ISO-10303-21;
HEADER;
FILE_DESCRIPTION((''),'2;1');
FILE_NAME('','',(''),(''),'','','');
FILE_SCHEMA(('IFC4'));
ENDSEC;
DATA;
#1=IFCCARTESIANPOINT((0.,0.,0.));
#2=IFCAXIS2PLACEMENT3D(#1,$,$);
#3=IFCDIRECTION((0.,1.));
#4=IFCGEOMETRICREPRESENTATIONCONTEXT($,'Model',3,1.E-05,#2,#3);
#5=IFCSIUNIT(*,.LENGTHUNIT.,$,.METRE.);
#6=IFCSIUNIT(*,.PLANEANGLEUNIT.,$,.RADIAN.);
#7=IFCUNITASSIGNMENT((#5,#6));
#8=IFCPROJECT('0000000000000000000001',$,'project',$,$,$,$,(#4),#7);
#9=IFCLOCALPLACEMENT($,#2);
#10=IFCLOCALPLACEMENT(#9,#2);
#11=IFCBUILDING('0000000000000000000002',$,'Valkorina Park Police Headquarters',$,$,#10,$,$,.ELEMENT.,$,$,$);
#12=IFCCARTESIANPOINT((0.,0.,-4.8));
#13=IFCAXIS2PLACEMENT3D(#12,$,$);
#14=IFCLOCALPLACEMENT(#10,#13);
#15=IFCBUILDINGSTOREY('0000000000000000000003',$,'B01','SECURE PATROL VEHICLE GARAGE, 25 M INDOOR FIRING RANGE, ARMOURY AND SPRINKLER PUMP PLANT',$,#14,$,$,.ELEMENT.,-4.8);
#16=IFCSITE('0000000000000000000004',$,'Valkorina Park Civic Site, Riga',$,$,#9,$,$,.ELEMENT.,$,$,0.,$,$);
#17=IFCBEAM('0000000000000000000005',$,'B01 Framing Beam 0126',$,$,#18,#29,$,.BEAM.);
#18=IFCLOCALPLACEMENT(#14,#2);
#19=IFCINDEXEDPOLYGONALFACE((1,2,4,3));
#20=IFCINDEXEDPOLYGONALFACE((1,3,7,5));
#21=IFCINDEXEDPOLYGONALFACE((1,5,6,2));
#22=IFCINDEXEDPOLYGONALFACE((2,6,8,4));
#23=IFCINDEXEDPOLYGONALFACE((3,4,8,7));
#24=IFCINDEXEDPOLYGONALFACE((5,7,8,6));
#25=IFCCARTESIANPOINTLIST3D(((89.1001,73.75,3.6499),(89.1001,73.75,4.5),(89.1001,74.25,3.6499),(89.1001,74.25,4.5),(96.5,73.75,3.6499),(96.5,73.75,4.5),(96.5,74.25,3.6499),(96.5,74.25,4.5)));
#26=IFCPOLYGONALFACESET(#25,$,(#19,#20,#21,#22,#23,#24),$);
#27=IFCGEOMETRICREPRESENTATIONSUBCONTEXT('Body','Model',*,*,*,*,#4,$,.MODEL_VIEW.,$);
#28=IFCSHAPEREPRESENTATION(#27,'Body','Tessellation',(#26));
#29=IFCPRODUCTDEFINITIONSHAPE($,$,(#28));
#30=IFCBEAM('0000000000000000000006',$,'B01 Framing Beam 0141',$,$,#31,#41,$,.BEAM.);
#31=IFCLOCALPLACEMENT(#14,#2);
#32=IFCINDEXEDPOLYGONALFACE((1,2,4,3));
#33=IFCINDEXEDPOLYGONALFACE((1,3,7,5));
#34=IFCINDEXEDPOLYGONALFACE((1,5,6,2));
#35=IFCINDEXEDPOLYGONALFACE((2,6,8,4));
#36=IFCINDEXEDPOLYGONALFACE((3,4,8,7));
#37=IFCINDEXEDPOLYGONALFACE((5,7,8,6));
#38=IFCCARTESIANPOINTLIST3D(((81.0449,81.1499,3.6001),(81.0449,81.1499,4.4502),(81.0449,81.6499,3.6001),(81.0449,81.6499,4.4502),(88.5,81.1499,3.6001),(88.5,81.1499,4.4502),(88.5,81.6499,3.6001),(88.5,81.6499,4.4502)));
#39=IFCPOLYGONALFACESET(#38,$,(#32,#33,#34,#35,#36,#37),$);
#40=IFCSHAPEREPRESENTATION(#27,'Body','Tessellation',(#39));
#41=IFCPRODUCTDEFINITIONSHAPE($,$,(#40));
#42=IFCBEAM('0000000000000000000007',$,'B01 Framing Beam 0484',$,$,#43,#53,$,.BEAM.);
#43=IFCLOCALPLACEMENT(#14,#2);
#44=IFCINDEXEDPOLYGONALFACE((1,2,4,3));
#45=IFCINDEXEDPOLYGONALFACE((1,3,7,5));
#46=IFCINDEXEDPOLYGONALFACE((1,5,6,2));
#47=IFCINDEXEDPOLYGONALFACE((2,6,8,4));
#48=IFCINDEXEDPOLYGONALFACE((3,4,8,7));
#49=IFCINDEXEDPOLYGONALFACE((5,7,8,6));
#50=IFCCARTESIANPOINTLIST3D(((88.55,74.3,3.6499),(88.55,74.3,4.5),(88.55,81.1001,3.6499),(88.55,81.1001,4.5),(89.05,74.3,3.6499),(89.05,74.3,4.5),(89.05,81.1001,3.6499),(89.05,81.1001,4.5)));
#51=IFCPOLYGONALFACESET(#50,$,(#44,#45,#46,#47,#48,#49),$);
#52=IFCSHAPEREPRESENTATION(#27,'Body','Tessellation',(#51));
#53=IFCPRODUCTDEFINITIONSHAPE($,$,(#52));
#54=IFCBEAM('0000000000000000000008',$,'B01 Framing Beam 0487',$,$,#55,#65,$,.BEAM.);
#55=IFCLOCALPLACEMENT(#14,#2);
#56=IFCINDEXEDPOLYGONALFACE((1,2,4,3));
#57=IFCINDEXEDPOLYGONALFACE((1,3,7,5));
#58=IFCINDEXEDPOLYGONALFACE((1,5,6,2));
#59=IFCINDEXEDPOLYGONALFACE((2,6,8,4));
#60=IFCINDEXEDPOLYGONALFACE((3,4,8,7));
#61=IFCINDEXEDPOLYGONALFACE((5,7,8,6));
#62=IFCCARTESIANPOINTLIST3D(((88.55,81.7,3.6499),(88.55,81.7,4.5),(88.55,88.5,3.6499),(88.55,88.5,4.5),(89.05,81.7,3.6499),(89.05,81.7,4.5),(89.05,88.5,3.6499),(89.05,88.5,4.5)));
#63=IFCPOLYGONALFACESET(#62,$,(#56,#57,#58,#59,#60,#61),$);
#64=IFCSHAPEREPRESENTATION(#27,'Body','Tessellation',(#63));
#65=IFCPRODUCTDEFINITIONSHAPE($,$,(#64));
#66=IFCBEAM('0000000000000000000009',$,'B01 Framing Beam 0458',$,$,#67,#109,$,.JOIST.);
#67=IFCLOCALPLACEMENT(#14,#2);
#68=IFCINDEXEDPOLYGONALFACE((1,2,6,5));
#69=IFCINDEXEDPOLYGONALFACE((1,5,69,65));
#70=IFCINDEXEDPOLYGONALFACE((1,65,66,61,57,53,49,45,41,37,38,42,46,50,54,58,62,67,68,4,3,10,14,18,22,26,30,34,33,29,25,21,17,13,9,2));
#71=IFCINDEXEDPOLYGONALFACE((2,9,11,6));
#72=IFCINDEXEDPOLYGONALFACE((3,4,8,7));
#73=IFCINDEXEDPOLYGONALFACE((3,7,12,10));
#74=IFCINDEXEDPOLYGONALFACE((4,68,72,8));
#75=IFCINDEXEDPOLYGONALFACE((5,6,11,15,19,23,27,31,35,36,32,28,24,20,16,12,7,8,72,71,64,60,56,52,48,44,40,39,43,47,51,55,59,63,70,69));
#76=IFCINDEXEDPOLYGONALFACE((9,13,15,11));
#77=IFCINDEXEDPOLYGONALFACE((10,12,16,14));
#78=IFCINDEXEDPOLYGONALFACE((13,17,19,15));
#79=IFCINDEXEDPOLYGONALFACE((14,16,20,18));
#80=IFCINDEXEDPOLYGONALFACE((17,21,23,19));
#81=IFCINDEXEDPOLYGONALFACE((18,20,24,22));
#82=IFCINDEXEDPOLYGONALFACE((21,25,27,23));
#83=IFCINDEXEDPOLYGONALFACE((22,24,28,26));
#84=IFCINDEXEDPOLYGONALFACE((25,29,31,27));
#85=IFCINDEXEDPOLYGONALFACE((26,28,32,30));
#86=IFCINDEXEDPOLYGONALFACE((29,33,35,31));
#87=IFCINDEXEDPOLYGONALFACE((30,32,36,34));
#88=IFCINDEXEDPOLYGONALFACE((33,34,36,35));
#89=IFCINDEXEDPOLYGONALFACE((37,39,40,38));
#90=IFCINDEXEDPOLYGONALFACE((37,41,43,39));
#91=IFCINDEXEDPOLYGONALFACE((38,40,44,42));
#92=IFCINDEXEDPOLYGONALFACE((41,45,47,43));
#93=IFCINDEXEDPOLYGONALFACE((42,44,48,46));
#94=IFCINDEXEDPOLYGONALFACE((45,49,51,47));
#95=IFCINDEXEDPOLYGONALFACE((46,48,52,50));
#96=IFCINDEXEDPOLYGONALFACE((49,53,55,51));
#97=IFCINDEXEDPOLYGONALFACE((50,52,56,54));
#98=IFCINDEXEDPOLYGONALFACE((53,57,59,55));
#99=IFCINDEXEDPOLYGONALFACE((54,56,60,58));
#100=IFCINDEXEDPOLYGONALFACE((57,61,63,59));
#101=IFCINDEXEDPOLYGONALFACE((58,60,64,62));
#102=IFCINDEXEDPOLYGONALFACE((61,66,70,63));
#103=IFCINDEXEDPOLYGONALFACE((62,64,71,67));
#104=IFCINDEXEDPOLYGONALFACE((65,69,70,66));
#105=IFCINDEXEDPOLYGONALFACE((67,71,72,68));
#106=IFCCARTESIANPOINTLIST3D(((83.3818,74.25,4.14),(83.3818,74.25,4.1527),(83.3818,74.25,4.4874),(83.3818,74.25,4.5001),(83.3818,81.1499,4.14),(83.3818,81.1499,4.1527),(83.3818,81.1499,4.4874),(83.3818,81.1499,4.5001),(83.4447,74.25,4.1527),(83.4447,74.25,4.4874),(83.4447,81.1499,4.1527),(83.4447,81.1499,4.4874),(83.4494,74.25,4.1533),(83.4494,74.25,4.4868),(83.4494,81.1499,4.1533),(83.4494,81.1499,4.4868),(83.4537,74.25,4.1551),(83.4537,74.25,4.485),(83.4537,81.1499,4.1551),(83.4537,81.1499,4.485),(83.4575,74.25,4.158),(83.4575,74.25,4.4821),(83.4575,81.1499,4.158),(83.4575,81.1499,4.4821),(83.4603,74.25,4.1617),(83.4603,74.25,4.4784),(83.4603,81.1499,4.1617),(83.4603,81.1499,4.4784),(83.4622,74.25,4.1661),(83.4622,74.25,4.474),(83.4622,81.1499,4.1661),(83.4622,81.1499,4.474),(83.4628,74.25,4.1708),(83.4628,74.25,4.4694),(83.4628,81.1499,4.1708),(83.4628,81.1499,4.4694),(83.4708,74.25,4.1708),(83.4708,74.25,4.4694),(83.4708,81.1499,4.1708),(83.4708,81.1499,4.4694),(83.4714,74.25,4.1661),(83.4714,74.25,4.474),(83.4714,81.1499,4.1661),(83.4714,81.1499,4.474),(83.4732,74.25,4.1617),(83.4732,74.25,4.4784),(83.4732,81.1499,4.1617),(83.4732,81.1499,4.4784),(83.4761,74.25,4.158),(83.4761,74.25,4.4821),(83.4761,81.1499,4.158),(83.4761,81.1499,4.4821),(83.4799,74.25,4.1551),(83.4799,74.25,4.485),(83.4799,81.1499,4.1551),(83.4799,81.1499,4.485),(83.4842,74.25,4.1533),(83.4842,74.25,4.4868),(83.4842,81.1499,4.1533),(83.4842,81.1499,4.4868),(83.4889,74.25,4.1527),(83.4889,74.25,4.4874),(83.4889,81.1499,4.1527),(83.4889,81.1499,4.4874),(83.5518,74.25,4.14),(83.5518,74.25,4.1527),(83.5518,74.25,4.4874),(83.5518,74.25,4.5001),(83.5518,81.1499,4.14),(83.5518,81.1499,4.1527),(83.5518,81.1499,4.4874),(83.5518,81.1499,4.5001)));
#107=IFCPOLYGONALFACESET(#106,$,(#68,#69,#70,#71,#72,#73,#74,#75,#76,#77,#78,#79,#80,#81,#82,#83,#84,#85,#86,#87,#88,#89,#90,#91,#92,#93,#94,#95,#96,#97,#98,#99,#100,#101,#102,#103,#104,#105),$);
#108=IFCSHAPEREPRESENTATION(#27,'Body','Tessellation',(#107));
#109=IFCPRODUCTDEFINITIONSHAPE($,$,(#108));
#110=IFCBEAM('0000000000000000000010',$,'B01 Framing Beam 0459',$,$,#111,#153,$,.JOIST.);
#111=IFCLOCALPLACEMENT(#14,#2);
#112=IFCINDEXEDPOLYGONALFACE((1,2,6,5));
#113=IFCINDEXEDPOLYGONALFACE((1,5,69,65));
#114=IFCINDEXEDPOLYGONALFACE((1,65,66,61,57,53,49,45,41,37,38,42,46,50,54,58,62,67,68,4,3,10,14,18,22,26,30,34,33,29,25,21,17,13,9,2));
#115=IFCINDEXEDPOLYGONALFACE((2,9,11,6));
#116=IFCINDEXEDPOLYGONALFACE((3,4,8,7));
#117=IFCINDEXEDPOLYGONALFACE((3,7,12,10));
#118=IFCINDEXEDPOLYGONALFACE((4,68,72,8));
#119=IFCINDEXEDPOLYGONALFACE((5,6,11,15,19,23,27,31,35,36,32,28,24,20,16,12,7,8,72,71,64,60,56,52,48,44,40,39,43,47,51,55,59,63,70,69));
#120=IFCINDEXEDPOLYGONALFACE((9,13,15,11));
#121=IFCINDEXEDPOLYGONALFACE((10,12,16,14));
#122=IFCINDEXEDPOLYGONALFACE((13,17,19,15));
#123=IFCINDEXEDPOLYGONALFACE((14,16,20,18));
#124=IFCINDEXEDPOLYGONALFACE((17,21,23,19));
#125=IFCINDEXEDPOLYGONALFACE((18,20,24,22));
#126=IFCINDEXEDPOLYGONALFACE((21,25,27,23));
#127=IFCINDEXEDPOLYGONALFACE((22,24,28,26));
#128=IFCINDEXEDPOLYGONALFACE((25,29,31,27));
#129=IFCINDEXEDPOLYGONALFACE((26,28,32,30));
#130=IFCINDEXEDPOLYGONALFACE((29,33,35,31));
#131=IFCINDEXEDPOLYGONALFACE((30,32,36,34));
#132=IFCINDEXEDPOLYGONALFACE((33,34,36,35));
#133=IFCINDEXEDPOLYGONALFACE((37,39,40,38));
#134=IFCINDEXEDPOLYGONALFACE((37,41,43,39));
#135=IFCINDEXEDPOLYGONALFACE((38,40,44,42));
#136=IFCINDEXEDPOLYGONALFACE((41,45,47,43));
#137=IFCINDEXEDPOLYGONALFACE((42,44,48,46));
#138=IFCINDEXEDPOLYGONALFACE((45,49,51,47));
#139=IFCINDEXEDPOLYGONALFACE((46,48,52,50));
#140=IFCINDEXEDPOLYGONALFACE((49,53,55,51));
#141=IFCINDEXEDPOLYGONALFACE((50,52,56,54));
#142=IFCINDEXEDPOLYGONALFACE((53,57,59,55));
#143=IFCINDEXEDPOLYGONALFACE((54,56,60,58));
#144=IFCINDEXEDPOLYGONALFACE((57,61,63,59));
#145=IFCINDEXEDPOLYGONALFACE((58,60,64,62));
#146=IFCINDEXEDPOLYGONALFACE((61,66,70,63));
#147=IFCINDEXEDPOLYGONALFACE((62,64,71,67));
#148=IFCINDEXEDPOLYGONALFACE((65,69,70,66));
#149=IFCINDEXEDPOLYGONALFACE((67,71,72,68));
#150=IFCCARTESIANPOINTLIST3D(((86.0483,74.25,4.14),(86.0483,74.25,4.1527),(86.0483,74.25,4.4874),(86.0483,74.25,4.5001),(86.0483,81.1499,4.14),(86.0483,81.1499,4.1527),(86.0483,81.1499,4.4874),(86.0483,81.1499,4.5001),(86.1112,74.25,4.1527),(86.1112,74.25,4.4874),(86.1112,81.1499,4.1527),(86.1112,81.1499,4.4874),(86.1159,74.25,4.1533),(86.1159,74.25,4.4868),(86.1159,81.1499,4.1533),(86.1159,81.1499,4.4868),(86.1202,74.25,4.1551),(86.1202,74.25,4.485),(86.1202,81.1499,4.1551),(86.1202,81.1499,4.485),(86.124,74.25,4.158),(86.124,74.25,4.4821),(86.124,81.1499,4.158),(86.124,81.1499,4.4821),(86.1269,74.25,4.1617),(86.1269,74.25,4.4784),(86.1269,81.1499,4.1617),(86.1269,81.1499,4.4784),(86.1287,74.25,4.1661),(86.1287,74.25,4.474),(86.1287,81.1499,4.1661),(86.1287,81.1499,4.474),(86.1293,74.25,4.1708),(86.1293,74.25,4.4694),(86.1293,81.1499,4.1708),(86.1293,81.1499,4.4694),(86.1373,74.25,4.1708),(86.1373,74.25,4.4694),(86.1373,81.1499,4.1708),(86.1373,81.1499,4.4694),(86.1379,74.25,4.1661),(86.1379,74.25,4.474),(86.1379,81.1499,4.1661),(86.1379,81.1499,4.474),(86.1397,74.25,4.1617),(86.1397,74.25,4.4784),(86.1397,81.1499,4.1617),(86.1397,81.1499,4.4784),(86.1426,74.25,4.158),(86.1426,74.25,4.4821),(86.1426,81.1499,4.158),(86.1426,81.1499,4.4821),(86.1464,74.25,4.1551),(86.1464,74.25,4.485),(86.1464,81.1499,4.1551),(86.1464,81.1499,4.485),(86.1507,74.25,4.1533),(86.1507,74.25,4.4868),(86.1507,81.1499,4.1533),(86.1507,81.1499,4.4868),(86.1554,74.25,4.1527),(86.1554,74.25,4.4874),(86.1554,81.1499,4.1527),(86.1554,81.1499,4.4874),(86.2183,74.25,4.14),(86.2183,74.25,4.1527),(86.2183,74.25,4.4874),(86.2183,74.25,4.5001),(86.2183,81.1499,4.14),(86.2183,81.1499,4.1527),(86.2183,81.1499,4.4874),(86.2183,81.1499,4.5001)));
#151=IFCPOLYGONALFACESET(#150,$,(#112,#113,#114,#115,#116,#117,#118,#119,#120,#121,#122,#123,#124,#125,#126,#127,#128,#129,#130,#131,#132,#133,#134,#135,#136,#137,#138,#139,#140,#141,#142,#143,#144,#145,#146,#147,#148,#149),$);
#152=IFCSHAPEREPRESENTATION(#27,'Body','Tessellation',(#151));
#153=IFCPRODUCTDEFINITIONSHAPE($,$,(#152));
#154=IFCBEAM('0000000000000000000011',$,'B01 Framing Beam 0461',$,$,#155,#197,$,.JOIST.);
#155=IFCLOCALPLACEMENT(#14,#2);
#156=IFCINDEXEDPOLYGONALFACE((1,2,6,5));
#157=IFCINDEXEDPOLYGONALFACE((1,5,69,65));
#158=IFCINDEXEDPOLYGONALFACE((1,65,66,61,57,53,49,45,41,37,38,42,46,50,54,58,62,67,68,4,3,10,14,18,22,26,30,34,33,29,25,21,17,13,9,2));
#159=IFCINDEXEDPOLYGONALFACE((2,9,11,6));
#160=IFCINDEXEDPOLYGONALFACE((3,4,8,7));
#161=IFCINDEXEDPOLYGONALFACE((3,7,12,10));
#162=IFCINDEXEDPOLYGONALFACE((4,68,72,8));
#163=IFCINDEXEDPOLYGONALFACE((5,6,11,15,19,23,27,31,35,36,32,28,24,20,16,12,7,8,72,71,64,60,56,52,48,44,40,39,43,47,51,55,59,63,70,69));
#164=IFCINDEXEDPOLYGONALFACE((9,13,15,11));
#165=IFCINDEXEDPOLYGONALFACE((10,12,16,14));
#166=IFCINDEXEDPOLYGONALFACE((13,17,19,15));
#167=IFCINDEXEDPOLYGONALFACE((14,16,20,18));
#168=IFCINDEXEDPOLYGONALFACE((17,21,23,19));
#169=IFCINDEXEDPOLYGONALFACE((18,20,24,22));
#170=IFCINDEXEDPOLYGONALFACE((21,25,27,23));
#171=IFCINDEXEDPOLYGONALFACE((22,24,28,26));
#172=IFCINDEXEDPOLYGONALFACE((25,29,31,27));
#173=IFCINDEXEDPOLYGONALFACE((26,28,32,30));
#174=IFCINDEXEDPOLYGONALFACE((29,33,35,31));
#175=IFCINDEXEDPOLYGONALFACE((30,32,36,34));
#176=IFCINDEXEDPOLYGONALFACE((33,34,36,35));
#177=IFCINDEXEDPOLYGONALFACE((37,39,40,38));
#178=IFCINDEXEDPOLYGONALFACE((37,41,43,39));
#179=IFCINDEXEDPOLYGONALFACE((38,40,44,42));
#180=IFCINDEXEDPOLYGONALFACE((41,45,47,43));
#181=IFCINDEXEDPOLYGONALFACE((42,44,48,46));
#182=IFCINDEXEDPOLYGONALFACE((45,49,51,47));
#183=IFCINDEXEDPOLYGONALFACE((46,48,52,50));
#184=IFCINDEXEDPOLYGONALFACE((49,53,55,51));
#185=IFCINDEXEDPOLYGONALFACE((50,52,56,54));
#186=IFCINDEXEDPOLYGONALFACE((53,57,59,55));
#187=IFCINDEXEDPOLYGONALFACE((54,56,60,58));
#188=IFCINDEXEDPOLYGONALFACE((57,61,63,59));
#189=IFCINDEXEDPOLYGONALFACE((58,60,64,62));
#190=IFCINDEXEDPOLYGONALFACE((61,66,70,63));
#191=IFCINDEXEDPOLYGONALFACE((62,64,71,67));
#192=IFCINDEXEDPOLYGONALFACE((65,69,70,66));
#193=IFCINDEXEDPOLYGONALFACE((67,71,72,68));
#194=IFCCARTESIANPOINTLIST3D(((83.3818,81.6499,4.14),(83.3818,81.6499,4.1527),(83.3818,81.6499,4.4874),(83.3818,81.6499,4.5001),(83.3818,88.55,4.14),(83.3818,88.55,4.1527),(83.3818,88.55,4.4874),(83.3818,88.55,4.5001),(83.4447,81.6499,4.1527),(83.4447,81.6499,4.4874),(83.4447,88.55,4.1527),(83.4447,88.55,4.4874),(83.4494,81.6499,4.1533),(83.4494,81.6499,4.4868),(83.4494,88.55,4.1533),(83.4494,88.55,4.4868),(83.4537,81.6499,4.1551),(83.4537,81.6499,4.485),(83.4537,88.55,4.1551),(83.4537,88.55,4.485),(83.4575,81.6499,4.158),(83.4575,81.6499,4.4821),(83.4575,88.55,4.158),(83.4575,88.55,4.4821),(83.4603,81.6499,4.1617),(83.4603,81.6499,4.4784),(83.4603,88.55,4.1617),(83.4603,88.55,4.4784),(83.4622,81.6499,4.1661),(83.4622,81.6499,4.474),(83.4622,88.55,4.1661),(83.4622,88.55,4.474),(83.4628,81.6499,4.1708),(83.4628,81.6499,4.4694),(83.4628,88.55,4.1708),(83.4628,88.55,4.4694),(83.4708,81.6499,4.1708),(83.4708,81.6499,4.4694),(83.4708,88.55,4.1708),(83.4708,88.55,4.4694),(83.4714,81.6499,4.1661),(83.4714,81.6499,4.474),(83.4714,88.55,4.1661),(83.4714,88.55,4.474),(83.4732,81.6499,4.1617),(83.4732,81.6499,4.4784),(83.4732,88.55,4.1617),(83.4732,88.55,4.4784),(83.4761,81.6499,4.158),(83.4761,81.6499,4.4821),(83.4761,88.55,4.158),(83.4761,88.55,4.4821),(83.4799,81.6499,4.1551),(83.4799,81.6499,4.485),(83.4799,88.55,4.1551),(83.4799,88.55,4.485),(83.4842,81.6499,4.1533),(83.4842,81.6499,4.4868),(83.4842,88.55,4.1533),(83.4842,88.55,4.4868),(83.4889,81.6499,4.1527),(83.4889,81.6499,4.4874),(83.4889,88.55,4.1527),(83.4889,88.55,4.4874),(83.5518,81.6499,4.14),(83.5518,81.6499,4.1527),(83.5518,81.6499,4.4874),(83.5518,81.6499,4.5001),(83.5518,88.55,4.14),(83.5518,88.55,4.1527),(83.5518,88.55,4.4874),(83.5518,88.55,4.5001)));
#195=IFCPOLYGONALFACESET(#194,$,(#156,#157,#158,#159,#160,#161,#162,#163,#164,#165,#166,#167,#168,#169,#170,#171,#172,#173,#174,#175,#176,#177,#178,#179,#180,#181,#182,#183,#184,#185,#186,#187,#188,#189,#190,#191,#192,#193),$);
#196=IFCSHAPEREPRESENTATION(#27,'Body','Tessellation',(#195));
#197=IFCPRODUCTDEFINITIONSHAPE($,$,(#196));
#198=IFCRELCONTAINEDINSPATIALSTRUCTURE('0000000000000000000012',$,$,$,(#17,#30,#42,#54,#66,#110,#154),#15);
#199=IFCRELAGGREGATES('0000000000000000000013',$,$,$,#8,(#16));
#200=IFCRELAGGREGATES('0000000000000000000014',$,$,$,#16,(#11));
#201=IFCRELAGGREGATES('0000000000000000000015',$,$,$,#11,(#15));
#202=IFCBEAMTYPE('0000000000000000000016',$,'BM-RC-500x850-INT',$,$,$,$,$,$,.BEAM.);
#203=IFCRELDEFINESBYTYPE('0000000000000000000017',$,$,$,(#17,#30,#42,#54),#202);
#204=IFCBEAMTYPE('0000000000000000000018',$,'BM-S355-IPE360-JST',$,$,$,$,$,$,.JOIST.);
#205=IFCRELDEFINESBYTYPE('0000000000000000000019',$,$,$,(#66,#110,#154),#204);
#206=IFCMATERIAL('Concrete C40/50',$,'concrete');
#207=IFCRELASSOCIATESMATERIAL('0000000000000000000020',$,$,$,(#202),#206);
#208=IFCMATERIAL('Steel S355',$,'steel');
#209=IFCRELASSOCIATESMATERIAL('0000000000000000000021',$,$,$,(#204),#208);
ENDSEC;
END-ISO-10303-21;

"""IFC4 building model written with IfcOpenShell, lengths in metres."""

from ifc_helpers import new_model, si_unit, direction, frame, origin, origin_2d, place, context, subcontext, project, spatial, rectangle, i_section, extrude, material, material_profile, profile_set, type_object, element, save


model = new_model("IFC4")

# Units and contexts
model_context = context("Model", 3, precision=1e-05, world=origin(), true_north=direction((0.0, 1.0)))
body_context = subcontext(model_context, "Body", "Model", "MODEL_VIEW")
ifc_project = project(units=[si_unit("LENGTHUNIT", "METRE"), si_unit("PLANEANGLEUNIT", "RADIAN")], contexts=[model_context])

# Site, building, storey
site_placement = place(None, origin())
site = spatial("IfcSite", under=ifc_project, at=site_placement, Name="Valkorina Park Civic Site, Riga", CompositionType="ELEMENT", RefElevation=0.0)
building_placement = place(site_placement, origin())
building = spatial("IfcBuilding", under=site, at=building_placement, Name="Valkorina Park Police Headquarters", CompositionType="ELEMENT")
storey_placement = place(building_placement, frame((0.0, 0.0, -4.8)))
storey = spatial("IfcBuildingStorey", under=building, at=storey_placement, Name="B01", Description="SECURE PATROL VEHICLE GARAGE, 25 M INDOOR FIRING RANGE, ARMOURY AND SPRINKLER PUMP PLANT", CompositionType="ELEMENT", Elevation=-4.8)

# Shared definitions
ifc_material_1 = material(Name="Concrete C40/50", Category="concrete")

# Beams
ifc_material_profile_1 = material_profile(ifc_material_1, rectangle(XDim=0.5, YDim=0.8501, at=origin_2d()), Name="RC BEAM 500x850")
ifc_profile_set_1 = profile_set([ifc_material_profile_1], Name="Concrete C40/50")
beam_type_1 = type_object("IfcBeamType", Name="BM-RC-500x850-INT", PredefinedType="BEAM", material=ifc_profile_set_1)
beam_1_placement = place(storey_placement, frame((89.1001, 74.0, 4.075), z_axis=(1.0, 0.0, 0.0), x_axis=(0.0, 1.0, 0.0)))
element("IfcBeam", 1, at=beam_1_placement, inside=storey, type_object=beam_type_1, Name="B01 Framing Beam 0126", PredefinedType="BEAM", context=body_context, shape_type="SweptSolid", body=[
    extrude(rectangle(XDim=0.5, YDim=0.8501, at=origin_2d()), origin(), (0.0, 0.0, 1.0), 7.3999),
])
beam_2_placement = place(storey_placement, frame((81.0449, 81.3999, 4.0251), z_axis=(1.0, 0.0, 0.0), x_axis=(0.0, 1.0, 0.0)))
element("IfcBeam", 2, at=beam_2_placement, inside=storey, type_object=beam_type_1, Name="B01 Framing Beam 0141", PredefinedType="BEAM", context=body_context, shape_type="SweptSolid", body=[
    extrude(rectangle(XDim=0.5, YDim=0.8501, at=origin_2d()), origin(), (0.0, 0.0, 1.0), 7.4551),
])
for number, where, z_axis, x_axis, name in (
    (3, (88.8, 74.3, 4.075), (0.0, 1.0, 0.0), (-1.0, 0.0, 0.0), "B01 Framing Beam 0484"),
    (4, (88.8, 81.7, 4.075), (0.0, 1.0, 0.0), (-1.0, 0.0, 0.0), "B01 Framing Beam 0487"),
):
    element("IfcBeam", number, at=place(storey_placement, frame(where, z_axis=z_axis, x_axis=x_axis)), inside=storey, type_object=beam_type_1, Name=name, PredefinedType="BEAM", context=body_context, shape_type="SweptSolid", body=[
        extrude(rectangle(XDim=0.5, YDim=0.8501, at=origin_2d()), origin(), (0.0, 0.0, 1.0), 6.8),
    ])
ifc_material_2 = material(Name="Steel S355", Category="steel")
ifc_material_profile_2 = material_profile(ifc_material_2, i_section(OverallWidth=0.1699, OverallDepth=0.3601, WebThickness=0.0081, FlangeThickness=0.0127, FilletRadius=0.0181, at=origin_2d()), Name="IPE 360")
ifc_profile_set_2 = profile_set([ifc_material_profile_2], Name="Steel S355")
beam_type_2 = type_object("IfcBeamType", Name="BM-S355-IPE360-JST", PredefinedType="JOIST", material=ifc_profile_set_2)
for number, where, z_axis, x_axis, name in (
    (5, (83.4668, 74.25, 4.3201), (0.0, 1.0, 0.0), (-1.0, 0.0, 0.0), "B01 Framing Beam 0458"),
    (6, (86.1333, 74.25, 4.3201), (0.0, 1.0, 0.0), (-1.0, 0.0, 0.0), "B01 Framing Beam 0459"),
):
    element("IfcBeam", number, at=place(storey_placement, frame(where, z_axis=z_axis, x_axis=x_axis)), inside=storey, type_object=beam_type_2, Name=name, PredefinedType="JOIST", context=body_context, shape_type="SweptSolid", body=[
        extrude(i_section(OverallWidth=0.1699, OverallDepth=0.3601, WebThickness=0.0081, FlangeThickness=0.0127, FilletRadius=0.0181, at=origin_2d()), origin(), (0.0, 0.0, 1.0), 6.8999),
    ])
for number, where, z_axis, x_axis, name in (
    (7, (83.4668, 81.6499, 4.3201), (0.0, 1.0, 0.0), (-1.0, 0.0, 0.0), "B01 Framing Beam 0461"),
):
    element("IfcBeam", number, at=place(storey_placement, frame(where, z_axis=z_axis, x_axis=x_axis)), inside=storey, type_object=beam_type_2, Name=name, PredefinedType="JOIST", context=body_context, shape_type="SweptSolid", body=[
        extrude(i_section(OverallWidth=0.1699, OverallDepth=0.3601, WebThickness=0.0081, FlangeThickness=0.0127, FilletRadius=0.0181, at=origin_2d()), origin(), (0.0, 0.0, 1.0), 6.9001),
    ])

save(model, "model.ifc")
